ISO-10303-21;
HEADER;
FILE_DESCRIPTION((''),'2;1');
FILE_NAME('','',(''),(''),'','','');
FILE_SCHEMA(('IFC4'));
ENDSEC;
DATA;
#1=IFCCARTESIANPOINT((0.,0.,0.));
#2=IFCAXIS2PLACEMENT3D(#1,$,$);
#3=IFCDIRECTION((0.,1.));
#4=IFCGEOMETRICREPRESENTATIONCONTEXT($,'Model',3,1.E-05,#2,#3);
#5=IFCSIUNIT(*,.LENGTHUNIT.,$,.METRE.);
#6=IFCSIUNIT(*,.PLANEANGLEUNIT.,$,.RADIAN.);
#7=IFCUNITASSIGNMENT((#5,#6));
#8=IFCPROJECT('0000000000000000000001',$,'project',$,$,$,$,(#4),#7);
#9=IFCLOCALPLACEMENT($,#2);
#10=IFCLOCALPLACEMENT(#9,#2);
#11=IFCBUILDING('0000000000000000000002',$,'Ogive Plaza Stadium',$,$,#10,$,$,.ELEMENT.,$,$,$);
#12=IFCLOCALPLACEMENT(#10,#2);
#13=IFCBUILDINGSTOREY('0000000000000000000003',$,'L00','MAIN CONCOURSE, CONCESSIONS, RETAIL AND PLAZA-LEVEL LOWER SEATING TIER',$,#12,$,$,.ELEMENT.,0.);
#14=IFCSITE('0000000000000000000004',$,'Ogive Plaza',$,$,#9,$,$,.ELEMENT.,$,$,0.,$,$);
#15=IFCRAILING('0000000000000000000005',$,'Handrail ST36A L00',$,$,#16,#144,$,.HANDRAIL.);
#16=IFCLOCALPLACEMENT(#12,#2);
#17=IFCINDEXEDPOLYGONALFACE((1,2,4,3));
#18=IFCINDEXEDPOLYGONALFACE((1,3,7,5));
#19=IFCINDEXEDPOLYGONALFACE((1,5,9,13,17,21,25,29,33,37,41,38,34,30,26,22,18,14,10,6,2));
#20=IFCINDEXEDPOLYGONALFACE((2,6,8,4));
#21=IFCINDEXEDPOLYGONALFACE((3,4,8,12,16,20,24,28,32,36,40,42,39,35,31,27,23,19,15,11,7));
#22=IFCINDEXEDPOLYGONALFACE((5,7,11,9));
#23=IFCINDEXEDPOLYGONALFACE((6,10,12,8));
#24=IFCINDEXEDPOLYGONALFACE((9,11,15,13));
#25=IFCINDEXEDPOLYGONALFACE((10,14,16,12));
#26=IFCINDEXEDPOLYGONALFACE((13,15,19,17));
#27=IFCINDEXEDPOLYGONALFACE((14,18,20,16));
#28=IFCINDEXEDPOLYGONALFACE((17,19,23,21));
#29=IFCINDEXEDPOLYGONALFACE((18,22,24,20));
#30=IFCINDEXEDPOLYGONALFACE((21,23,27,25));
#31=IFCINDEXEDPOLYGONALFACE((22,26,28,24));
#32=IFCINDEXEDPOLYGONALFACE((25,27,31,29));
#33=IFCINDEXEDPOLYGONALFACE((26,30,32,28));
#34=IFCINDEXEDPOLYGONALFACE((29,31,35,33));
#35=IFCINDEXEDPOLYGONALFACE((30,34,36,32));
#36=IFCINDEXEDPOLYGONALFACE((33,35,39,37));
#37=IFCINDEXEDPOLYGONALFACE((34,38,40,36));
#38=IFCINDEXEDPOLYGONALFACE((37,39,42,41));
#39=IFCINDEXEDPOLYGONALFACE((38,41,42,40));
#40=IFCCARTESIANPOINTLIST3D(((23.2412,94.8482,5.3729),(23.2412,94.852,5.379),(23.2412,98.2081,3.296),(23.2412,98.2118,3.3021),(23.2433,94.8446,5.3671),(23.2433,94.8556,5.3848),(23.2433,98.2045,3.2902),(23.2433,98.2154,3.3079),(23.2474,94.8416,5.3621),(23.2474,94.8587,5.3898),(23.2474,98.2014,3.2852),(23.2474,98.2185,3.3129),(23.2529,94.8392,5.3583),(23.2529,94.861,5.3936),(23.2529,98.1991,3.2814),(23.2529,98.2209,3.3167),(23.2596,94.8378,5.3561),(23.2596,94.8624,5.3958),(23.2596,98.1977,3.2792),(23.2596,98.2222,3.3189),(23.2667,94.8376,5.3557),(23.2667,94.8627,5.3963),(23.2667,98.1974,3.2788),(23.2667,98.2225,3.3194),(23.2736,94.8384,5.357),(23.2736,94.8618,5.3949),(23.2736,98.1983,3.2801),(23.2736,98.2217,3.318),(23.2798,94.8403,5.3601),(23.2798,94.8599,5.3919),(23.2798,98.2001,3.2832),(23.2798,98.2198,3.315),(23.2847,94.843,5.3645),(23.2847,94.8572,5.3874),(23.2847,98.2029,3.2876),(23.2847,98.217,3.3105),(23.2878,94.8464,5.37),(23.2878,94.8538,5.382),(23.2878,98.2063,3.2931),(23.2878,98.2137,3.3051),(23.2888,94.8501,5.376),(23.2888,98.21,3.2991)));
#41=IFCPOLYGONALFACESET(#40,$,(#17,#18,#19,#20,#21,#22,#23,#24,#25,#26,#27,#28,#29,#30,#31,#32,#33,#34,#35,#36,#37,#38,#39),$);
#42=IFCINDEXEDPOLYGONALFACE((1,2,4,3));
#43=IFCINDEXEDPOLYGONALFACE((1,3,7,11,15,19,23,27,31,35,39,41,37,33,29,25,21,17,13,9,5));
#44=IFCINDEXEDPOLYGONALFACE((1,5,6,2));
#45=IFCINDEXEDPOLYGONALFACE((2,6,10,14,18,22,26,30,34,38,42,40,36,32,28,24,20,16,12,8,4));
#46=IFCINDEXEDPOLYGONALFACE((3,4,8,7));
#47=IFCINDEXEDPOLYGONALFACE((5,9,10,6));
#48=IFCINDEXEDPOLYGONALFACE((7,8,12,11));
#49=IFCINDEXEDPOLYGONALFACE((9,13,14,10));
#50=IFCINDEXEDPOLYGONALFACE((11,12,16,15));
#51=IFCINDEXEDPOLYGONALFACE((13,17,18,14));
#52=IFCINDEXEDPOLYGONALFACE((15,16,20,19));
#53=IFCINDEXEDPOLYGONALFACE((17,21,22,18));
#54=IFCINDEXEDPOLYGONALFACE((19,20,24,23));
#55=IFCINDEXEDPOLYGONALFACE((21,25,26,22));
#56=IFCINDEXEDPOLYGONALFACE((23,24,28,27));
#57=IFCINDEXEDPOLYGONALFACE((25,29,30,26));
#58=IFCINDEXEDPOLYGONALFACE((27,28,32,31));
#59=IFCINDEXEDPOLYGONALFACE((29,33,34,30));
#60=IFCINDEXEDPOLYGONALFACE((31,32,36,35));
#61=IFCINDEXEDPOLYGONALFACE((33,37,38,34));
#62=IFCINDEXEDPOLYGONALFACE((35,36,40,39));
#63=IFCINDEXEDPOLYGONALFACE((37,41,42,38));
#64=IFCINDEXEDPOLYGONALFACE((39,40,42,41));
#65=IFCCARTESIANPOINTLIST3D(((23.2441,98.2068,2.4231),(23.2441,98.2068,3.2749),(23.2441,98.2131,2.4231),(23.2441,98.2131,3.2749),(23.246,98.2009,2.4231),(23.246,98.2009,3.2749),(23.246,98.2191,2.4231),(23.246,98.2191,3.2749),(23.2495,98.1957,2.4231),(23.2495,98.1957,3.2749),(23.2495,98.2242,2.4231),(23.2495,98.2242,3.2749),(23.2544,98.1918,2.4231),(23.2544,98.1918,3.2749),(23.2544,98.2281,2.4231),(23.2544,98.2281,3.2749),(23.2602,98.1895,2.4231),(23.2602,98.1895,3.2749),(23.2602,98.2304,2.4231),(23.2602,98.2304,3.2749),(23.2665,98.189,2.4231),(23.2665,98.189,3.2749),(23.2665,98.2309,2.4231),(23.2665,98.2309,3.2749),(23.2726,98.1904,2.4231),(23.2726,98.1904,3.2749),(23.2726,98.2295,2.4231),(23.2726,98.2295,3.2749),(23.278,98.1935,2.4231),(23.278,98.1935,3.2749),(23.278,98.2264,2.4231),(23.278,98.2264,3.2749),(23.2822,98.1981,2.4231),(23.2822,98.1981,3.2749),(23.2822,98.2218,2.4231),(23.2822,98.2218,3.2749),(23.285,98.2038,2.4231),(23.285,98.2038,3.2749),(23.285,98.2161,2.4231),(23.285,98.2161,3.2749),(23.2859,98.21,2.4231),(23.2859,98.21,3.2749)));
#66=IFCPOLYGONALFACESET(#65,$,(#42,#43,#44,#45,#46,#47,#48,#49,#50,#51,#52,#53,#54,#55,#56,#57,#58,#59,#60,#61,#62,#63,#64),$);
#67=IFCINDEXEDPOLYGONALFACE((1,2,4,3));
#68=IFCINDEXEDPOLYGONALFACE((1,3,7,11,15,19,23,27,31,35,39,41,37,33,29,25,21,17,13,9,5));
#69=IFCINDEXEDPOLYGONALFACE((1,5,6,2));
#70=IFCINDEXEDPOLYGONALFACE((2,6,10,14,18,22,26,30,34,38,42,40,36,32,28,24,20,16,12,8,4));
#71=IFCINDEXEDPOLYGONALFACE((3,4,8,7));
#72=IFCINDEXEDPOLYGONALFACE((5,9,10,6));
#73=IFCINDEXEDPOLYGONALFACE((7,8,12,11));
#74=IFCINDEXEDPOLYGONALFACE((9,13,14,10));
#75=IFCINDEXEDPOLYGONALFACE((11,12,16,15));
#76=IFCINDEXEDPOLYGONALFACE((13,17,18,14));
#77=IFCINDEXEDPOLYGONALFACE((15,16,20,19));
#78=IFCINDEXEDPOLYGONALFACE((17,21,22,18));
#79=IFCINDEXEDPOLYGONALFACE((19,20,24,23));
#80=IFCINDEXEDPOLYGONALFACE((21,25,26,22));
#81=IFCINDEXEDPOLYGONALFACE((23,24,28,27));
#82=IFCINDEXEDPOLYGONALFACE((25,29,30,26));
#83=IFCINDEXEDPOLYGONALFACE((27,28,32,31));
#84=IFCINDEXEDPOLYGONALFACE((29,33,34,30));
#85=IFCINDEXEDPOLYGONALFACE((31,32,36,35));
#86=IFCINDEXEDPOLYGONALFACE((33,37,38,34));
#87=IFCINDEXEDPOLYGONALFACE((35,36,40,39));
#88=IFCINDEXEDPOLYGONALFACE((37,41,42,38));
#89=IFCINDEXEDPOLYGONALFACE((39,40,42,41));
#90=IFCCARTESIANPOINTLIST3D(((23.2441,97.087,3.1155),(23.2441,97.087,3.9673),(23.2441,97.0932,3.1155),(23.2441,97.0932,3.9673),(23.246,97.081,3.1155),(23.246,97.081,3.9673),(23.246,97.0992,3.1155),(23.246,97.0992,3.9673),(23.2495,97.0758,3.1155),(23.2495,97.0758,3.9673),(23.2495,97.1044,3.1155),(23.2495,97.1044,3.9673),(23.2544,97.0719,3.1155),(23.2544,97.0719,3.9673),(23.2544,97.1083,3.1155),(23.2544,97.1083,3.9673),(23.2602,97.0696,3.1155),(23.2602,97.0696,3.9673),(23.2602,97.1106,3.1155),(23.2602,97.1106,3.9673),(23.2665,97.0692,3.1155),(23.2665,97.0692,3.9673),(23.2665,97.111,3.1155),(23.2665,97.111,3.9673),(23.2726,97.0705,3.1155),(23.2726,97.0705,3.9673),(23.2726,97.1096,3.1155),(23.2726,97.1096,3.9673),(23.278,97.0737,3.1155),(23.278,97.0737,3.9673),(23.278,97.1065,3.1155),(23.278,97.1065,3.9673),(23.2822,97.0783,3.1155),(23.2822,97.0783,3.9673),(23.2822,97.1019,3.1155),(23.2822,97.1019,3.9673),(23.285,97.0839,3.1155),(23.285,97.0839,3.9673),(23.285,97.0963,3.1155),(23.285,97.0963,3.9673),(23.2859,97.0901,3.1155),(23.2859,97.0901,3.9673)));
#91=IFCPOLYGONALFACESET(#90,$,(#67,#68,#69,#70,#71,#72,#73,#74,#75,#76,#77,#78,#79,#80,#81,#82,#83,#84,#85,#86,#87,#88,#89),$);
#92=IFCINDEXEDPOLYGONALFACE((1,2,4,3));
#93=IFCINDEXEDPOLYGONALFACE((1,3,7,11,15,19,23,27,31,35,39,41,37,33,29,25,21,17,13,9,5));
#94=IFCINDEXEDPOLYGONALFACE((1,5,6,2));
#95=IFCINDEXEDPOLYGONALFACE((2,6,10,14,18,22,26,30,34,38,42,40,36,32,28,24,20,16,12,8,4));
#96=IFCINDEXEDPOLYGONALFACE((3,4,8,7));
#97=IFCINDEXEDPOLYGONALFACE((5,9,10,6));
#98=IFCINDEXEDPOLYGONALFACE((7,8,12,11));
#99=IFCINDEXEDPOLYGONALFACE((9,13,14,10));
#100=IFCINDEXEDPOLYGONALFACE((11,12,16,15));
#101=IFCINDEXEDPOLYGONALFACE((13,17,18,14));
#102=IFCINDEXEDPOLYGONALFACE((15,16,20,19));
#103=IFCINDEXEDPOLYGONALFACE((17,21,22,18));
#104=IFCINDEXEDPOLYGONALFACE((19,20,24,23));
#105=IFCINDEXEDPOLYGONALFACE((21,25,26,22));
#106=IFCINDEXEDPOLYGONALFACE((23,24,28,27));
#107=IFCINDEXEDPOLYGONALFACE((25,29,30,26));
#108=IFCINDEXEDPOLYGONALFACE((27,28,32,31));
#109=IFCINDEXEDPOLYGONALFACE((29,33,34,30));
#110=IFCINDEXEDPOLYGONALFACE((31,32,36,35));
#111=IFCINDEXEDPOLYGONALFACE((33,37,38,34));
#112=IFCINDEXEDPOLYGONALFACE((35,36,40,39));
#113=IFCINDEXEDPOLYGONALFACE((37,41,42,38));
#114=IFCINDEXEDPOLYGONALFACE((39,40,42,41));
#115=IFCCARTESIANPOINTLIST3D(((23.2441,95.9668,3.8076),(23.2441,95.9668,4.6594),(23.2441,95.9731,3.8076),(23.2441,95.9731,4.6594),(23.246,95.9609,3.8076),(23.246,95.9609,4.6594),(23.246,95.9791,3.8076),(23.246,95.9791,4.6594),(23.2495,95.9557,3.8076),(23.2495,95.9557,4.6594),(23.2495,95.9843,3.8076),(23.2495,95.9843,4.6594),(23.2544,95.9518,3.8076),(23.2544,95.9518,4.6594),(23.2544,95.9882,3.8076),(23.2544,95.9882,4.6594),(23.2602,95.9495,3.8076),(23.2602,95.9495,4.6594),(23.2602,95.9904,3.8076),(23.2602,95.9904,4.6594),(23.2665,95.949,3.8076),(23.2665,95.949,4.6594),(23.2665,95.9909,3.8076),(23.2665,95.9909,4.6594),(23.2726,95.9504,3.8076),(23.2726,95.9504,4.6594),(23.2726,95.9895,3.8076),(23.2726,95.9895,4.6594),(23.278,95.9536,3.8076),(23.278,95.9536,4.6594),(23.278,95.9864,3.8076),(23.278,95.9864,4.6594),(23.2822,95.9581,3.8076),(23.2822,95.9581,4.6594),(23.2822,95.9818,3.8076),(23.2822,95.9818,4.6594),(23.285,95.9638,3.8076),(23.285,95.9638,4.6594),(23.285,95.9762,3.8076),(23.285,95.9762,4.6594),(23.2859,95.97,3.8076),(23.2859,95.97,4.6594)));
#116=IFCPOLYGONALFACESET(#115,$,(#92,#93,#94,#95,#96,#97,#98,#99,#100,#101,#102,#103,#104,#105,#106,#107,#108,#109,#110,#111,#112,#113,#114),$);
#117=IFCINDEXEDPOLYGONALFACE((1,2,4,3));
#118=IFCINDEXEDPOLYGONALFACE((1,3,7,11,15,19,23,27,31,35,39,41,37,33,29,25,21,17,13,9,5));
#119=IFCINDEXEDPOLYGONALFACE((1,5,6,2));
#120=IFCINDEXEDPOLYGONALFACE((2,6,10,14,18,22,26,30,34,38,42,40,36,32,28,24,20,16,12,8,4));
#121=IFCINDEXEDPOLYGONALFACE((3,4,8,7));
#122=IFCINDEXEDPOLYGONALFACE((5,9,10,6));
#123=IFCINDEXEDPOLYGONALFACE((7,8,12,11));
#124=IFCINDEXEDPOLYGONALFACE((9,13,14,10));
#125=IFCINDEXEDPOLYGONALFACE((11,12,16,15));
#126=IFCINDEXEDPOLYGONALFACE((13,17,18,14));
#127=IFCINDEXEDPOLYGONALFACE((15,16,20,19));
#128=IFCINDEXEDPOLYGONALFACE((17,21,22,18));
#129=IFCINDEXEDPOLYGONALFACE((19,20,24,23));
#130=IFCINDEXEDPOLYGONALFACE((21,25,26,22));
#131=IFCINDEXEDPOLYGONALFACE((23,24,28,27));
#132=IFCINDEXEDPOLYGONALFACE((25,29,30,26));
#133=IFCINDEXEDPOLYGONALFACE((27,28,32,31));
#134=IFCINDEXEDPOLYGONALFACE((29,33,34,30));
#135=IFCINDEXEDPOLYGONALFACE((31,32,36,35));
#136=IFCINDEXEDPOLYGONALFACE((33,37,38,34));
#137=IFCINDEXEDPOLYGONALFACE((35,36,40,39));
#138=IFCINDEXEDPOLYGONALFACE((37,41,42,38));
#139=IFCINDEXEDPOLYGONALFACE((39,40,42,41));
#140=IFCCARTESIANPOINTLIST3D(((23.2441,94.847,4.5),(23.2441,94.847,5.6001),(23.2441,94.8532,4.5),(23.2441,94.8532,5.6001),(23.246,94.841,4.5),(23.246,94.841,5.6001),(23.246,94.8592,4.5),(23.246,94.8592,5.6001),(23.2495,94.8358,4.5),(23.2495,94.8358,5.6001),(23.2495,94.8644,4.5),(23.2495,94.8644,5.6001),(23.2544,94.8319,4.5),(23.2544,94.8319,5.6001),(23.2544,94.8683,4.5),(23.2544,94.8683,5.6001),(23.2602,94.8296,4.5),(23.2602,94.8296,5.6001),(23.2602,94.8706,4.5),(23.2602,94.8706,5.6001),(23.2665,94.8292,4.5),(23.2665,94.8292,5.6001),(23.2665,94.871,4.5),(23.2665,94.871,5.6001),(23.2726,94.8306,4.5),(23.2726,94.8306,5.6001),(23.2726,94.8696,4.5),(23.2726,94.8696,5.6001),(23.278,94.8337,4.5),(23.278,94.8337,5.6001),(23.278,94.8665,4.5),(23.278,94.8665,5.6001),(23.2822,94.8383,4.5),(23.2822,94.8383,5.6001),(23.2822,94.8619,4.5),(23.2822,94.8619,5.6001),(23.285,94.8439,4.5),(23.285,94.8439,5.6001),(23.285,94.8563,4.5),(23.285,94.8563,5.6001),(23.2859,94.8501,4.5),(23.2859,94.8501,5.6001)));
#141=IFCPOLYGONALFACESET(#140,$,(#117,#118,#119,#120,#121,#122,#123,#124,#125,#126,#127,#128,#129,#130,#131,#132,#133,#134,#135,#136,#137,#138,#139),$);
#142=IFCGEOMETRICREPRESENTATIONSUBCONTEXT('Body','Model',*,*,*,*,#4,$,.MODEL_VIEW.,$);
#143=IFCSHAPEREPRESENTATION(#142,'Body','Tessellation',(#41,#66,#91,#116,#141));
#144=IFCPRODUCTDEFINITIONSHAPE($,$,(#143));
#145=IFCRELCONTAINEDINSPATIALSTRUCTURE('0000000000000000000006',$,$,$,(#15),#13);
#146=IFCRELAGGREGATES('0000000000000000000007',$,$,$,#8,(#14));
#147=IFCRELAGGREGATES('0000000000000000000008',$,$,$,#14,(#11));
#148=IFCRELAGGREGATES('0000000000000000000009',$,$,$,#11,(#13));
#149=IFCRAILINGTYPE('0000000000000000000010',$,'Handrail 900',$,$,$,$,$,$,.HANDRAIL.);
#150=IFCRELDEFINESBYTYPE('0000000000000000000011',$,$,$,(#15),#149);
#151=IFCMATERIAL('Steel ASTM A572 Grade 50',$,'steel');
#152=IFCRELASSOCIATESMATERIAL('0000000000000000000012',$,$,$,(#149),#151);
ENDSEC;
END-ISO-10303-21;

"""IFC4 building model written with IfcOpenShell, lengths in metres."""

from ifc_helpers import new_model, si_unit, direction, frame, origin, origin_2d, place, context, subcontext, project, spatial, circle, extrude, material, type_object, element, save


model = new_model("IFC4")

# Units and contexts
model_context = context("Model", 3, precision=1e-05, world=origin(), true_north=direction((0.0, 1.0)))
body_context = subcontext(model_context, "Body", "Model", "MODEL_VIEW")
ifc_project = project(units=[si_unit("LENGTHUNIT", "METRE"), si_unit("PLANEANGLEUNIT", "RADIAN")], contexts=[model_context])

# Site, building, storey
site_placement = place(None, origin())
site = spatial("IfcSite", under=ifc_project, at=site_placement, Name="Ogive Plaza", CompositionType="ELEMENT", RefElevation=0.0)
building_placement = place(site_placement, origin())
building = spatial("IfcBuilding", under=site, at=building_placement, Name="Ogive Plaza Stadium", CompositionType="ELEMENT")
storey_placement = place(building_placement, origin())
storey = spatial("IfcBuildingStorey", under=building, at=storey_placement, Name="L00", Description="MAIN CONCOURSE, CONCESSIONS, RETAIL AND PLAZA-LEVEL LOWER SEATING TIER", CompositionType="ELEMENT", Elevation=0.0)

# Railing
ifc_material_1 = material(Name="Steel ASTM A572 Grade 50", Category="steel")
railing_type_1 = type_object("IfcRailingType", Name="Handrail 900", PredefinedType="HANDRAIL", material=ifc_material_1)
for number, where, name in (
    (1, (23.2649, 98.21, 2.4231), "Handrail ST36A L00"),
):
    element("IfcRailing", number, at=place(storey_placement, frame(where)), inside=storey, type_object=railing_type_1, Name=name, PredefinedType="HANDRAIL", context=body_context, shape_type="SweptSolid", body=[
        extrude(circle(Radius=0.0239, at=origin_2d()), frame((0.0, 0.0, 0.876), z_axis=(0.0, -0.850606, 0.525803), x_axis=(1.0, 0.0, 0.0)), (0.0, 0.0, 1.0), 3.95),
        extrude(circle(Radius=0.021, at=origin_2d()), origin(), (0.0, 0.0, 1.0), 0.8518),
        extrude(circle(Radius=0.021, at=origin_2d()), frame((0.0, -1.1199, 0.6924)), (0.0, 0.0, 1.0), 0.8518),
        extrude(circle(Radius=0.021, at=origin_2d()), frame((0.0, -2.24, 1.3845)), (0.0, 0.0, 1.0), 0.8518),
        extrude(circle(Radius=0.021, at=origin_2d()), frame((0.0, -3.3599, 2.0769)), (0.0, 0.0, 1.0), 1.1001),
    ])

save(model, "model.ifc")
